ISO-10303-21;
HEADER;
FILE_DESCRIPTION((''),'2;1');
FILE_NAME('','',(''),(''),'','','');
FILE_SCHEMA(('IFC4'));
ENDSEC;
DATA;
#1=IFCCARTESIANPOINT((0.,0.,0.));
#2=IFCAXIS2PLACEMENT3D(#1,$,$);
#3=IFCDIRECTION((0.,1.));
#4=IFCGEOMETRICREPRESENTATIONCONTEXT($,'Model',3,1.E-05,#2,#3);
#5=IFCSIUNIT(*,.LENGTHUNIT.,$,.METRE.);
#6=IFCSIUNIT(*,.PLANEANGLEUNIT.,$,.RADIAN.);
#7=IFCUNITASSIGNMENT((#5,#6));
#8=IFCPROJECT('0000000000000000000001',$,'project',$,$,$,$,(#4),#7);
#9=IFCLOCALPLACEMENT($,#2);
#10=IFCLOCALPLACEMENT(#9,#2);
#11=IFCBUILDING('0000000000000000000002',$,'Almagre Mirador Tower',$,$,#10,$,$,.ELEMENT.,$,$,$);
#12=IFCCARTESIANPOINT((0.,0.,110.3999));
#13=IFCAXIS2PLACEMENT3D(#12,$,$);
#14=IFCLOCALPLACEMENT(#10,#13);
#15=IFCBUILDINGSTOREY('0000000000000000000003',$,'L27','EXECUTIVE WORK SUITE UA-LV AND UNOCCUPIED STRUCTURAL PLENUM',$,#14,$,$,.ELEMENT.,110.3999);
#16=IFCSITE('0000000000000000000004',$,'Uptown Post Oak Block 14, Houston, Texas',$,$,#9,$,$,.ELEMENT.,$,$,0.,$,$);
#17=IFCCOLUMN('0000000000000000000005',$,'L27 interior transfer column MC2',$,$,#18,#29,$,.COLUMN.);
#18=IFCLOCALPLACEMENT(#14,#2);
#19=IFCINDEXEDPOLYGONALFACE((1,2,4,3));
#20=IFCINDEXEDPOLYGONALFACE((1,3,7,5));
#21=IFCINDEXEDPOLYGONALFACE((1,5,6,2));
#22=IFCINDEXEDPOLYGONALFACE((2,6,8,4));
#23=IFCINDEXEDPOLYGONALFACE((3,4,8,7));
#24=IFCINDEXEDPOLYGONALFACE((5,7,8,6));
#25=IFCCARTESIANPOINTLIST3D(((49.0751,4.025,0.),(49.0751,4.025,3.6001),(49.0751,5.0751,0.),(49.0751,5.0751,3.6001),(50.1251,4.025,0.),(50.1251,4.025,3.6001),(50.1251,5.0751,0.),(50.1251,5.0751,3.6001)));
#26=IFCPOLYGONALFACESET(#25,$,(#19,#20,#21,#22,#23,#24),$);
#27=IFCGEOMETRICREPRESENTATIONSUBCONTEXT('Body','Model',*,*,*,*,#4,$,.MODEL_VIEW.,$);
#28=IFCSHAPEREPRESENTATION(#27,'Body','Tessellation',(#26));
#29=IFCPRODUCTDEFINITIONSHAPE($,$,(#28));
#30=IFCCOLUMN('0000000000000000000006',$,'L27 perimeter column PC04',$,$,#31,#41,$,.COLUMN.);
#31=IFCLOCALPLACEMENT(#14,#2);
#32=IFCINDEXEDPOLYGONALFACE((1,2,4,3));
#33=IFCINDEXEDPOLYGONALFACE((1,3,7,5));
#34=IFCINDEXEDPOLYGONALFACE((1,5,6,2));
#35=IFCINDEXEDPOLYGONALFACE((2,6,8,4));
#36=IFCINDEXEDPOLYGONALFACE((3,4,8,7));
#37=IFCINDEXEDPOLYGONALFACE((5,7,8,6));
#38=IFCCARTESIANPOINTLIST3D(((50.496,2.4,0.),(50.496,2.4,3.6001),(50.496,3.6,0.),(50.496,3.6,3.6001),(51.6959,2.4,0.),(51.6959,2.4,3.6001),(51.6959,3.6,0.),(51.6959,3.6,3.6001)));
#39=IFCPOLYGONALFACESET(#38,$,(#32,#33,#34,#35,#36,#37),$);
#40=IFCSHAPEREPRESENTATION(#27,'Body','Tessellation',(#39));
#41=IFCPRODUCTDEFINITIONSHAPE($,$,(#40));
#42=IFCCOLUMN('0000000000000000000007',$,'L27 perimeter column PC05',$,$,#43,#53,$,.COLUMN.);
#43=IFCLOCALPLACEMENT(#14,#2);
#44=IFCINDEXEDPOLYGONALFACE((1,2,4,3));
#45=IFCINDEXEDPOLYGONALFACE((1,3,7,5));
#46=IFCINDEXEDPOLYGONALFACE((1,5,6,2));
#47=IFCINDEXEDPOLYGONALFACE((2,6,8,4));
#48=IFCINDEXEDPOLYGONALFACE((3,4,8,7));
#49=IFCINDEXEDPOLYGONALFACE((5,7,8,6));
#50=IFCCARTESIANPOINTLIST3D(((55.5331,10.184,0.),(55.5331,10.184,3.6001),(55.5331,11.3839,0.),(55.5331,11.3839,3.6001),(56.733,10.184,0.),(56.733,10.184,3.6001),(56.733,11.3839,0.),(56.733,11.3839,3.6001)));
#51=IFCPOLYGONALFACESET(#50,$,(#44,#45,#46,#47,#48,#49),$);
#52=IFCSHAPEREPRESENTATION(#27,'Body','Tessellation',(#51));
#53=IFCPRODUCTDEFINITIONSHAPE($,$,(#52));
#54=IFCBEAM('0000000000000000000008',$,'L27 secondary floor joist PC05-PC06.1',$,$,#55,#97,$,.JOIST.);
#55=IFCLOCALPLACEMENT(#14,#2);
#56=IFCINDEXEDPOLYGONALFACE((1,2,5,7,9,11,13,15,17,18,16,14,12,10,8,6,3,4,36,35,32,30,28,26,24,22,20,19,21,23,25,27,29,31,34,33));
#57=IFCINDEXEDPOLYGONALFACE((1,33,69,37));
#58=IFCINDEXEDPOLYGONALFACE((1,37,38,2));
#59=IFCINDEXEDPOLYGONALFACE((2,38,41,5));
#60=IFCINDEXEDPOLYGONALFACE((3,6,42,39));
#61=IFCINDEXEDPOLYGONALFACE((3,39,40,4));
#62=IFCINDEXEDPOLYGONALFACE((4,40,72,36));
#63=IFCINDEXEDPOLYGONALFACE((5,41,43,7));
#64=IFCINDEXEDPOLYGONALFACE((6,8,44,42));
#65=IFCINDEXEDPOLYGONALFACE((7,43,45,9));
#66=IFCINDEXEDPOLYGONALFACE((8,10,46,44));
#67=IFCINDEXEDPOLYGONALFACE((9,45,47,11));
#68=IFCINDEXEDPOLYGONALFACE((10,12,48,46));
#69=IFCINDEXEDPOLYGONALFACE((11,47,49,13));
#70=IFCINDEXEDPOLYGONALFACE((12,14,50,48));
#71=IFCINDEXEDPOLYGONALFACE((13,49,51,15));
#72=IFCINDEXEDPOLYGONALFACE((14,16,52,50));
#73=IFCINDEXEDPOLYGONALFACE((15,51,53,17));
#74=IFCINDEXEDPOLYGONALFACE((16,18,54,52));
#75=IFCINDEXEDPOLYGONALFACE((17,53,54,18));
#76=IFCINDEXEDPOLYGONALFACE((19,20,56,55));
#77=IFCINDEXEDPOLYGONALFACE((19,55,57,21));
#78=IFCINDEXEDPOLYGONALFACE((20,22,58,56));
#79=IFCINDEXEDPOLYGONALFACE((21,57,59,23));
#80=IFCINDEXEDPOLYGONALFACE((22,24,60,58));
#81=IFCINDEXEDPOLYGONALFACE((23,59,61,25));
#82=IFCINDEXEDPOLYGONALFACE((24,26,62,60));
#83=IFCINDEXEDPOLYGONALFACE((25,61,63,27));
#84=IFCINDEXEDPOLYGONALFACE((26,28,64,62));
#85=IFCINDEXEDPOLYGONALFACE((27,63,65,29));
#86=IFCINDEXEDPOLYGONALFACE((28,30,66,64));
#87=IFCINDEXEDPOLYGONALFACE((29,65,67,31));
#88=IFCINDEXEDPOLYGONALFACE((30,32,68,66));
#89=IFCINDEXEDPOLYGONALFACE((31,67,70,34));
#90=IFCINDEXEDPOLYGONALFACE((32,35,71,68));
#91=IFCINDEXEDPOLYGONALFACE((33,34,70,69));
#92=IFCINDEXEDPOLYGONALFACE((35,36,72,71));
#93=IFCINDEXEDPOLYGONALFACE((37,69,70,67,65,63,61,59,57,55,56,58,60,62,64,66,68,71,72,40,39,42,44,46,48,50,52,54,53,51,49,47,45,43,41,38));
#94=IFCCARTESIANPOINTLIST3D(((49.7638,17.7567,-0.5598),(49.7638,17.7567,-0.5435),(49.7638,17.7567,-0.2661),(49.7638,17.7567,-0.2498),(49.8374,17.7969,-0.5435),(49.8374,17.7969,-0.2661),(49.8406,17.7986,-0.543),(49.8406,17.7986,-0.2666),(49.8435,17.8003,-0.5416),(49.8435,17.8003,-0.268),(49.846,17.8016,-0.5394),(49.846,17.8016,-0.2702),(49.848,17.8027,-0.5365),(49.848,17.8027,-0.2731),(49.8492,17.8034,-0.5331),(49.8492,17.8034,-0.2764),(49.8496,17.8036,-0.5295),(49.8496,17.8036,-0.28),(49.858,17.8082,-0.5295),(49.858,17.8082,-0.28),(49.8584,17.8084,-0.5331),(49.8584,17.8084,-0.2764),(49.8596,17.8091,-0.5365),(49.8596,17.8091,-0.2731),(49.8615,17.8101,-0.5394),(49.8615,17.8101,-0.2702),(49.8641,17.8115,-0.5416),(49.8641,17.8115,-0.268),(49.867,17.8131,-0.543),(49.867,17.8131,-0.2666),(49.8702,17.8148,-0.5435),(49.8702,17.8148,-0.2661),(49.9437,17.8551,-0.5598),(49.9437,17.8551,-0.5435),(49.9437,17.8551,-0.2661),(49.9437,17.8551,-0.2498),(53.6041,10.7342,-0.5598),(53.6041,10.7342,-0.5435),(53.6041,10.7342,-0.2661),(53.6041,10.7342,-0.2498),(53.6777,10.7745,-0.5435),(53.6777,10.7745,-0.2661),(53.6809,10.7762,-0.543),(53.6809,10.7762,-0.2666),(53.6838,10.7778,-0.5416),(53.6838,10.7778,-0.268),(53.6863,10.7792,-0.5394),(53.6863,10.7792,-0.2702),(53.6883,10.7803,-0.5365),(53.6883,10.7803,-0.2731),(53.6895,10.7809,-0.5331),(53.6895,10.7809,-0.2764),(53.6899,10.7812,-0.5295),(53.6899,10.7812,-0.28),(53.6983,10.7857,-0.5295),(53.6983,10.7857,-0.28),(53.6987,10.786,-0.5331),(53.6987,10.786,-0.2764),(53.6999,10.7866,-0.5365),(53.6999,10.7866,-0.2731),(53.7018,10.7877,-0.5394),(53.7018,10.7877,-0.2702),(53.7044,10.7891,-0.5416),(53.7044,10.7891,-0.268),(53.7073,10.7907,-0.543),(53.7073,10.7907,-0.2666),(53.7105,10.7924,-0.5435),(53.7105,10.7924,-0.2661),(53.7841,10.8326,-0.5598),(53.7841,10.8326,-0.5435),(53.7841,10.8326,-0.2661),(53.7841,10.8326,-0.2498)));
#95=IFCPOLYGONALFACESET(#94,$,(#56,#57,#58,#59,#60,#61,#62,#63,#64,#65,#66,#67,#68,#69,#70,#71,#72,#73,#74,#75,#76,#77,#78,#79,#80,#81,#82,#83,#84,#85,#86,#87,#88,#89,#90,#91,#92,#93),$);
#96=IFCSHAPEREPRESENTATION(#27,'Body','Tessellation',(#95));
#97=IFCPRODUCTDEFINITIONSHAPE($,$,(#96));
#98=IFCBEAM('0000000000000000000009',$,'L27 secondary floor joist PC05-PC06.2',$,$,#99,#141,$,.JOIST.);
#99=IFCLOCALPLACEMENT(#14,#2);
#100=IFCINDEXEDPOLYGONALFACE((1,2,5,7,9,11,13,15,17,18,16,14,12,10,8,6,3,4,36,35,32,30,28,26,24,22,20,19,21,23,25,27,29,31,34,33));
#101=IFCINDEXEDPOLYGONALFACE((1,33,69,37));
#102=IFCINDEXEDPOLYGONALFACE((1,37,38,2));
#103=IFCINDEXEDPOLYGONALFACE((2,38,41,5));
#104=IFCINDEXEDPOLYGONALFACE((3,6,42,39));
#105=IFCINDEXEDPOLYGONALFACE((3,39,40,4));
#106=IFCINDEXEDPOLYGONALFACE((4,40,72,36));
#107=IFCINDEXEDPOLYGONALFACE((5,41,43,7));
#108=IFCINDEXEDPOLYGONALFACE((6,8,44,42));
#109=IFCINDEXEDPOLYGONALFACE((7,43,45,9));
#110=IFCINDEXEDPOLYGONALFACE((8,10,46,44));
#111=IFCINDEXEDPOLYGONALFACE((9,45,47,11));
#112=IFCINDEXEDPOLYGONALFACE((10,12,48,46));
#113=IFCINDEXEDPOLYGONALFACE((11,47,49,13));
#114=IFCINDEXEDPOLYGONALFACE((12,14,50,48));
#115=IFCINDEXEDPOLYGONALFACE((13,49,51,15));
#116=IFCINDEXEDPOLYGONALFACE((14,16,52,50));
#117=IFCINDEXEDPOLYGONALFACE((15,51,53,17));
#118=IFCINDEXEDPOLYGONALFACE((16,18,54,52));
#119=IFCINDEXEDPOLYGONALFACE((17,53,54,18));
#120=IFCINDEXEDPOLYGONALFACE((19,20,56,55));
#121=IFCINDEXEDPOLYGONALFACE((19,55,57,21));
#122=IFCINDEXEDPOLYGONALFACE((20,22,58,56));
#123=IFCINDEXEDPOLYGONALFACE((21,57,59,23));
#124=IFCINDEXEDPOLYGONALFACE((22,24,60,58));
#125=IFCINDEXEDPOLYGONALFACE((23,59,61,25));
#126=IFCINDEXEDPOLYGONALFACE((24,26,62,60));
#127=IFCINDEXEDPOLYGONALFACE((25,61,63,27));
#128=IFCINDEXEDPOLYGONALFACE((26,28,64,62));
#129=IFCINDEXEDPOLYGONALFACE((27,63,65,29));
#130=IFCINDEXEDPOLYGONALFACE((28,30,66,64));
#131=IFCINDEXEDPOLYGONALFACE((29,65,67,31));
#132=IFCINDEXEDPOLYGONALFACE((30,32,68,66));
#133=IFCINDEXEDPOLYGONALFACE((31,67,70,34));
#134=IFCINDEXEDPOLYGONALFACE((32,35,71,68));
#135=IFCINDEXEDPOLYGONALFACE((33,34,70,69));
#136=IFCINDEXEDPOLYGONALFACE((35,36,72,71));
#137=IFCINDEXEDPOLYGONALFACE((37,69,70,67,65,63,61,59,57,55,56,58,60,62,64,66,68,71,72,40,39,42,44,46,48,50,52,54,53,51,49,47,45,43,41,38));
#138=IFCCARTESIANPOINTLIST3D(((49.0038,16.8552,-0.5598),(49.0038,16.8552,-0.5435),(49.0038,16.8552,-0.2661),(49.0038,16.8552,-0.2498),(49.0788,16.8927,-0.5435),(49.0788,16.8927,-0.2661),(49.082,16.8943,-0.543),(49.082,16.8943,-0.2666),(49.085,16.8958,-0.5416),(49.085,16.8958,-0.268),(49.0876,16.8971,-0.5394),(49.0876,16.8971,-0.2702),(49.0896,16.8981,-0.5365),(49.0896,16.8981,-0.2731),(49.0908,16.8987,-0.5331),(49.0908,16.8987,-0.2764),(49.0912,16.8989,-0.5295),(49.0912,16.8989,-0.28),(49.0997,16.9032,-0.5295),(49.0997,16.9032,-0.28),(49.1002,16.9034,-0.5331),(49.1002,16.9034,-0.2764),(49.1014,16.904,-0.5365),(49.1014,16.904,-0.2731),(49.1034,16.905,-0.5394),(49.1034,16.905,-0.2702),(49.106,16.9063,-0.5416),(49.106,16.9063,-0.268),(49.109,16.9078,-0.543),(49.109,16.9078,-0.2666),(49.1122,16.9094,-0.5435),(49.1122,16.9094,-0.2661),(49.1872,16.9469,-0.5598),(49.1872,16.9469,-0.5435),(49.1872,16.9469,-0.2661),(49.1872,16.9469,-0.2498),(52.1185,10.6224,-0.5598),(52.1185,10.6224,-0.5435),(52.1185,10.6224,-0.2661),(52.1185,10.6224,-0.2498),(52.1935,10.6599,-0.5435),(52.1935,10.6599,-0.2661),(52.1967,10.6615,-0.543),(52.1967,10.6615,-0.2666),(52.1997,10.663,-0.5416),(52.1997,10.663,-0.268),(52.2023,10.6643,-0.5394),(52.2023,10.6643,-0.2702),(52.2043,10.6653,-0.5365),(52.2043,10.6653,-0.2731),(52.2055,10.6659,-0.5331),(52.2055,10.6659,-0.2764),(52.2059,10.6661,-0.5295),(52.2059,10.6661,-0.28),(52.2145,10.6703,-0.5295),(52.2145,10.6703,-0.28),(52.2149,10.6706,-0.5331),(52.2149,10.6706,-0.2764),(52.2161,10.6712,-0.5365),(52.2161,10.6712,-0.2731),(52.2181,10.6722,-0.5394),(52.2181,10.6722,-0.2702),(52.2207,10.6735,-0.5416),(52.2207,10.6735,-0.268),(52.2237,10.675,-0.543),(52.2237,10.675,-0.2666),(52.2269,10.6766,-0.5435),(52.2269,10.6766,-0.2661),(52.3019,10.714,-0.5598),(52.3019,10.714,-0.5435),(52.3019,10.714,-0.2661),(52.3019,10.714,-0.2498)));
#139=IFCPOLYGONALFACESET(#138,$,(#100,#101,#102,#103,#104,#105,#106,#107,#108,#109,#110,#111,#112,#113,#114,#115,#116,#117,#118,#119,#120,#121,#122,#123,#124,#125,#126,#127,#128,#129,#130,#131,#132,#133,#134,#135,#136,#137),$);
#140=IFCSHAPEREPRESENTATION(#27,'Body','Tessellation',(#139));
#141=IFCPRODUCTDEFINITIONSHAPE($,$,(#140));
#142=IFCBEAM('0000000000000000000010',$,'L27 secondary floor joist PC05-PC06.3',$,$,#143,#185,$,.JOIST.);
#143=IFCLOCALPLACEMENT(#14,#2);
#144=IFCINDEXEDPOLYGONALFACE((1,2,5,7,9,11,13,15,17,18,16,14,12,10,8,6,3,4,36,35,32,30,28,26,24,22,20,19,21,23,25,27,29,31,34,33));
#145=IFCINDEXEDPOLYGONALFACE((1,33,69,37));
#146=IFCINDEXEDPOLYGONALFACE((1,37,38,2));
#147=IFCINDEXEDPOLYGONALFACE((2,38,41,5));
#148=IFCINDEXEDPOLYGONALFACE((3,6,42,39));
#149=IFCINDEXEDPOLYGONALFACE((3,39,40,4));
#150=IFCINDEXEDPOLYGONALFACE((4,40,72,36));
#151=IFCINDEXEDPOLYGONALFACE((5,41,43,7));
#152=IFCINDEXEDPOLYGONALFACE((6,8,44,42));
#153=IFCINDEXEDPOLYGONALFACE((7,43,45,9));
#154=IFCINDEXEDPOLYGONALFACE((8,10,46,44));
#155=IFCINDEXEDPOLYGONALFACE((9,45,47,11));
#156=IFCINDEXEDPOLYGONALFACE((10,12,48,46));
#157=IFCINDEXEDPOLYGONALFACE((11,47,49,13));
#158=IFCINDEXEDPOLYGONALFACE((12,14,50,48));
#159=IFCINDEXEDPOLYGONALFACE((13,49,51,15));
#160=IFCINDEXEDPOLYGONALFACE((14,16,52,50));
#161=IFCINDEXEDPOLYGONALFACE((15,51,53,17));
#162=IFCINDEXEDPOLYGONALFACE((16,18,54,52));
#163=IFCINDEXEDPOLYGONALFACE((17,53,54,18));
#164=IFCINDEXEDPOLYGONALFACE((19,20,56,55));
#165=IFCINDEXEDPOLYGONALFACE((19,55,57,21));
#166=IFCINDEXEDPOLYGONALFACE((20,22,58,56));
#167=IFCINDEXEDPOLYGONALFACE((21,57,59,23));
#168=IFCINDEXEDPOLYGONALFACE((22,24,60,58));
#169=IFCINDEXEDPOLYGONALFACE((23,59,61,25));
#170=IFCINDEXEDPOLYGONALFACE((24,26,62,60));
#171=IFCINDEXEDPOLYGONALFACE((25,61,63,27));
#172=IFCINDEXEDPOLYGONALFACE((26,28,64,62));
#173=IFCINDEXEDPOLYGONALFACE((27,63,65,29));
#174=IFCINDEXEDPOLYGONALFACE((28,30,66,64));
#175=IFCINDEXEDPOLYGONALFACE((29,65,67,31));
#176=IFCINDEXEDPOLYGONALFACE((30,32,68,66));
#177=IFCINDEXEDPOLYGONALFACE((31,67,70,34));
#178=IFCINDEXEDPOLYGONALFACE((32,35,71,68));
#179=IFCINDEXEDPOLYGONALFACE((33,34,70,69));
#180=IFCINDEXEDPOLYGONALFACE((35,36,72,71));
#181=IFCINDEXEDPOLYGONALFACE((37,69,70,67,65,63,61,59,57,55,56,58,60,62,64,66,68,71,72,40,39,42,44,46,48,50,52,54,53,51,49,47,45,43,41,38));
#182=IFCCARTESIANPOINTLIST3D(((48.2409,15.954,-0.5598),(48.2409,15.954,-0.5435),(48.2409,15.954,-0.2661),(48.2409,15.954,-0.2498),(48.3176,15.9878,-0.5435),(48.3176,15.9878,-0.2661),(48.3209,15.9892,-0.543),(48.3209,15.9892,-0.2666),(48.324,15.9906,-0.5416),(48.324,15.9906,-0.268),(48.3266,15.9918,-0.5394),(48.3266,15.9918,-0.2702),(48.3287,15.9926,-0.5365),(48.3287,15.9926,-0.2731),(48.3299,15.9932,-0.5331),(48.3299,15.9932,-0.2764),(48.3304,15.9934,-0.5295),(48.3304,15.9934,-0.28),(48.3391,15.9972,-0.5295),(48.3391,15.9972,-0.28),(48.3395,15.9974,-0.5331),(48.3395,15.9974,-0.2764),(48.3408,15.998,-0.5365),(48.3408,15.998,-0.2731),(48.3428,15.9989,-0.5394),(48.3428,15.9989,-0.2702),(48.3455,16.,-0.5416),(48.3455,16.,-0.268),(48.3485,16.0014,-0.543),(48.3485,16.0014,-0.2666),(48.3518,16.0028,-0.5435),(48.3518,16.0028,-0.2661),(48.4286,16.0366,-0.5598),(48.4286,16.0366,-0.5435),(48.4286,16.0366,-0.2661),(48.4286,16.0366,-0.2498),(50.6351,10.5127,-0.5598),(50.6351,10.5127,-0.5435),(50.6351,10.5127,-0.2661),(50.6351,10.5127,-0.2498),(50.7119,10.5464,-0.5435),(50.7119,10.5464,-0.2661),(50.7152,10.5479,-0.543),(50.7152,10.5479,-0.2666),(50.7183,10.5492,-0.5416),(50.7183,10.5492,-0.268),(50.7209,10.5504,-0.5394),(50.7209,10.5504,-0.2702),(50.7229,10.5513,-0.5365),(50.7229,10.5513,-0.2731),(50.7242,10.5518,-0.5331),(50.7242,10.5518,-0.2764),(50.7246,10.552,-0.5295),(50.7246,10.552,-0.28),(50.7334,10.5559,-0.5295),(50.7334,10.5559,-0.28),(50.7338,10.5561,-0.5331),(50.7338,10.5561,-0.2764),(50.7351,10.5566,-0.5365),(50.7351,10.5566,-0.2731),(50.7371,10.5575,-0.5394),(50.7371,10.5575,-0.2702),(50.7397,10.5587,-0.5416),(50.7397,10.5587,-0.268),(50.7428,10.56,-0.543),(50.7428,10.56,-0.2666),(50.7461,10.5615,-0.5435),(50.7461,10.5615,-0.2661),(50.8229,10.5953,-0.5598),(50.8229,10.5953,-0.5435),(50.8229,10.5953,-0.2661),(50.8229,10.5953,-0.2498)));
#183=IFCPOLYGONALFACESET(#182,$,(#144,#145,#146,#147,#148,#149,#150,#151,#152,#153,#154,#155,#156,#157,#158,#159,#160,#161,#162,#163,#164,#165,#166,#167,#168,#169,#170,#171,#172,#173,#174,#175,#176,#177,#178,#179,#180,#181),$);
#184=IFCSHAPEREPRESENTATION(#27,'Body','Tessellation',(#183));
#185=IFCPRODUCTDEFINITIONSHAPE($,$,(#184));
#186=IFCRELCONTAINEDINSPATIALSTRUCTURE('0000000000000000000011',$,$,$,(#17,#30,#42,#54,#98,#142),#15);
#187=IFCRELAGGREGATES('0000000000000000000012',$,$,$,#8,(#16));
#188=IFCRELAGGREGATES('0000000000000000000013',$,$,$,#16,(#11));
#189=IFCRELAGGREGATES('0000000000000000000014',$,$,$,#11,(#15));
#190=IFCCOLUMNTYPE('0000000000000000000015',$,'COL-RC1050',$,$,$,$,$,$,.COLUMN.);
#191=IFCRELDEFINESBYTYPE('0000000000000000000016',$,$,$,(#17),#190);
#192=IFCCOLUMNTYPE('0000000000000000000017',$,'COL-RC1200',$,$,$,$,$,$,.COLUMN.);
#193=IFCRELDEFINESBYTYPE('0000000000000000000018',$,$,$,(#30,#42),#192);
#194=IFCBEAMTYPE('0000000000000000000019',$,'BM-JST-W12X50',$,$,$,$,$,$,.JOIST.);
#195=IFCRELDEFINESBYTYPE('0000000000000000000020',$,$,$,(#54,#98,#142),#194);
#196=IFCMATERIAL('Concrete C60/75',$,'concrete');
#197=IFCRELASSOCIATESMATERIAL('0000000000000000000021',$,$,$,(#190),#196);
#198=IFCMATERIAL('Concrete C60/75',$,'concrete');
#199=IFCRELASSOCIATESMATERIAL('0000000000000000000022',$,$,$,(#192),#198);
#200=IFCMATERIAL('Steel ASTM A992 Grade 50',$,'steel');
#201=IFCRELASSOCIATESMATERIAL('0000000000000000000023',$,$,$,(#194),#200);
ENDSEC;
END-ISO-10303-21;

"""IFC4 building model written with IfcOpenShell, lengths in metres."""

from ifc_helpers import new_model, si_unit, direction, frame, origin, origin_2d, place, context, subcontext, project, spatial, rectangle, i_section, extrude, material, material_profile, profile_set, type_object, element, save


model = new_model("IFC4")

# Units and contexts
model_context = context("Model", 3, precision=1e-05, world=origin(), true_north=direction((0.0, 1.0)))
body_context = subcontext(model_context, "Body", "Model", "MODEL_VIEW")
ifc_project = project(units=[si_unit("LENGTHUNIT", "METRE"), si_unit("PLANEANGLEUNIT", "RADIAN")], contexts=[model_context])

# Site, building, storey
site_placement = place(None, origin())
site = spatial("IfcSite", under=ifc_project, at=site_placement, Name="Uptown Post Oak Block 14, Houston, Texas", CompositionType="ELEMENT", RefElevation=0.0)
building_placement = place(site_placement, origin())
building = spatial("IfcBuilding", under=site, at=building_placement, Name="Almagre Mirador Tower", CompositionType="ELEMENT")
storey_placement = place(building_placement, frame((0.0, 0.0, 110.3999)))
storey = spatial("IfcBuildingStorey", under=building, at=storey_placement, Name="L27", Description="EXECUTIVE WORK SUITE UA-LV AND UNOCCUPIED STRUCTURAL PLENUM", CompositionType="ELEMENT", Elevation=110.3999)

# Columns
ifc_material_1 = material(Name="Concrete C60/75", Category="concrete")
ifc_material_profile_1 = material_profile(ifc_material_1, rectangle(XDim=1.05, YDim=1.05, at=origin_2d()), Name="RC1050X1050")
ifc_profile_set_1 = profile_set([ifc_material_profile_1], Name="Concrete C60/75")
column_type_1 = type_object("IfcColumnType", Name="COL-RC1050", PredefinedType="COLUMN", material=ifc_profile_set_1)
column_placement = place(storey_placement, frame((49.6001, 4.55, 0.0), z_axis=(0.0, 0.0, 1.0), x_axis=(1.0, 0.0, 0.0)))
element("IfcColumn", 1, at=column_placement, inside=storey, type_object=column_type_1, Name="L27 interior transfer column MC2", PredefinedType="COLUMN", context=body_context, shape_type="SweptSolid", body=[
    extrude(rectangle(XDim=1.05, YDim=1.05, at=origin_2d()), origin(), (0.0, 0.0, 1.0), 3.6001),
])
ifc_material_2 = material(Name="Concrete C60/75", Category="concrete")
ifc_material_profile_2 = material_profile(ifc_material_2, rectangle(XDim=1.2, YDim=1.2, at=origin_2d()), Name="RC1200X1200")
ifc_profile_set_2 = profile_set([ifc_material_profile_2], Name="Concrete C60/75")
column_type_2 = type_object("IfcColumnType", Name="COL-RC1200", PredefinedType="COLUMN", material=ifc_profile_set_2)
for number, where, z_axis, x_axis, name in (
    (2, (51.0959, 3.0, 0.0), (0.0, 0.0, 1.0), (1.0, 0.0, 0.0), "L27 perimeter column PC04"),
    (3, (56.1331, 10.7839, 0.0), (0.0, 0.0, 1.0), (1.0, 0.0, 0.0), "L27 perimeter column PC05"),
):
    element("IfcColumn", number, at=place(storey_placement, frame(where, z_axis=z_axis, x_axis=x_axis)), inside=storey, type_object=column_type_2, Name=name, PredefinedType="COLUMN", context=body_context, shape_type="SweptSolid", body=[
        extrude(rectangle(XDim=1.2, YDim=1.2, at=origin_2d()), origin(), (0.0, 0.0, 1.0), 3.6001),
    ])

# Beams
ifc_material_3 = material(Name="Steel ASTM A992 Grade 50", Category="steel")
ifc_material_profile_3 = material_profile(ifc_material_3, i_section(OverallWidth=0.2051, OverallDepth=0.3101, WebThickness=0.0095, FlangeThickness=0.0164, FilletRadius=0.0139, at=origin_2d()), Name="W12X50")
ifc_profile_set_3 = profile_set([ifc_material_profile_3], Name="Steel ASTM A992 Grade 50")
beam_type_1 = type_object("IfcBeamType", Name="BM-JST-W12X50", PredefinedType="JOIST", material=ifc_profile_set_3)
beam_1_placement = place(storey_placement, frame((53.6941, 10.7834, -0.4048), z_axis=(-0.479805, 0.877375, 0.0), x_axis=(-0.877375, -0.479805, 0.0)))
element("IfcBeam", 4, at=beam_1_placement, inside=storey, type_object=beam_type_1, Name="L27 secondary floor joist PC05-PC06.1", PredefinedType="JOIST", context=body_context, shape_type="SweptSolid", body=[
    extrude(i_section(OverallWidth=0.2051, OverallDepth=0.3101, WebThickness=0.0095, FlangeThickness=0.0164, FilletRadius=0.0139, at=origin_2d()), origin(), (0.0, 0.0, 1.0), 8.0039),
])
beam_2_placement = place(storey_placement, frame((52.2102, 10.6682, -0.4048), z_axis=(-0.447017, 0.894525, 0.0), x_axis=(-0.894525, -0.447017, 0.0)))
element("IfcBeam", 5, at=beam_2_placement, inside=storey, type_object=beam_type_1, Name="L27 secondary floor joist PC05-PC06.2", PredefinedType="JOIST", context=body_context, shape_type="SweptSolid", body=[
    extrude(i_section(OverallWidth=0.2051, OverallDepth=0.3101, WebThickness=0.0095, FlangeThickness=0.0164, FilletRadius=0.0139, at=origin_2d()), origin(), (0.0, 0.0, 1.0), 6.9678),
])
beam_3_placement = place(storey_placement, frame((50.729, 10.554, -0.4048), z_axis=(-0.402748, 0.915311, 0.0), x_axis=(-0.915311, -0.402748, 0.0)))
element("IfcBeam", 6, at=beam_3_placement, inside=storey, type_object=beam_type_1, Name="L27 secondary floor joist PC05-PC06.3", PredefinedType="JOIST", context=body_context, shape_type="SweptSolid", body=[
    extrude(i_section(OverallWidth=0.2051, OverallDepth=0.3101, WebThickness=0.0095, FlangeThickness=0.0164, FilletRadius=0.0139, at=origin_2d()), origin(), (0.0, 0.0, 1.0), 5.9448),
])

save(model, "model.ifc")
